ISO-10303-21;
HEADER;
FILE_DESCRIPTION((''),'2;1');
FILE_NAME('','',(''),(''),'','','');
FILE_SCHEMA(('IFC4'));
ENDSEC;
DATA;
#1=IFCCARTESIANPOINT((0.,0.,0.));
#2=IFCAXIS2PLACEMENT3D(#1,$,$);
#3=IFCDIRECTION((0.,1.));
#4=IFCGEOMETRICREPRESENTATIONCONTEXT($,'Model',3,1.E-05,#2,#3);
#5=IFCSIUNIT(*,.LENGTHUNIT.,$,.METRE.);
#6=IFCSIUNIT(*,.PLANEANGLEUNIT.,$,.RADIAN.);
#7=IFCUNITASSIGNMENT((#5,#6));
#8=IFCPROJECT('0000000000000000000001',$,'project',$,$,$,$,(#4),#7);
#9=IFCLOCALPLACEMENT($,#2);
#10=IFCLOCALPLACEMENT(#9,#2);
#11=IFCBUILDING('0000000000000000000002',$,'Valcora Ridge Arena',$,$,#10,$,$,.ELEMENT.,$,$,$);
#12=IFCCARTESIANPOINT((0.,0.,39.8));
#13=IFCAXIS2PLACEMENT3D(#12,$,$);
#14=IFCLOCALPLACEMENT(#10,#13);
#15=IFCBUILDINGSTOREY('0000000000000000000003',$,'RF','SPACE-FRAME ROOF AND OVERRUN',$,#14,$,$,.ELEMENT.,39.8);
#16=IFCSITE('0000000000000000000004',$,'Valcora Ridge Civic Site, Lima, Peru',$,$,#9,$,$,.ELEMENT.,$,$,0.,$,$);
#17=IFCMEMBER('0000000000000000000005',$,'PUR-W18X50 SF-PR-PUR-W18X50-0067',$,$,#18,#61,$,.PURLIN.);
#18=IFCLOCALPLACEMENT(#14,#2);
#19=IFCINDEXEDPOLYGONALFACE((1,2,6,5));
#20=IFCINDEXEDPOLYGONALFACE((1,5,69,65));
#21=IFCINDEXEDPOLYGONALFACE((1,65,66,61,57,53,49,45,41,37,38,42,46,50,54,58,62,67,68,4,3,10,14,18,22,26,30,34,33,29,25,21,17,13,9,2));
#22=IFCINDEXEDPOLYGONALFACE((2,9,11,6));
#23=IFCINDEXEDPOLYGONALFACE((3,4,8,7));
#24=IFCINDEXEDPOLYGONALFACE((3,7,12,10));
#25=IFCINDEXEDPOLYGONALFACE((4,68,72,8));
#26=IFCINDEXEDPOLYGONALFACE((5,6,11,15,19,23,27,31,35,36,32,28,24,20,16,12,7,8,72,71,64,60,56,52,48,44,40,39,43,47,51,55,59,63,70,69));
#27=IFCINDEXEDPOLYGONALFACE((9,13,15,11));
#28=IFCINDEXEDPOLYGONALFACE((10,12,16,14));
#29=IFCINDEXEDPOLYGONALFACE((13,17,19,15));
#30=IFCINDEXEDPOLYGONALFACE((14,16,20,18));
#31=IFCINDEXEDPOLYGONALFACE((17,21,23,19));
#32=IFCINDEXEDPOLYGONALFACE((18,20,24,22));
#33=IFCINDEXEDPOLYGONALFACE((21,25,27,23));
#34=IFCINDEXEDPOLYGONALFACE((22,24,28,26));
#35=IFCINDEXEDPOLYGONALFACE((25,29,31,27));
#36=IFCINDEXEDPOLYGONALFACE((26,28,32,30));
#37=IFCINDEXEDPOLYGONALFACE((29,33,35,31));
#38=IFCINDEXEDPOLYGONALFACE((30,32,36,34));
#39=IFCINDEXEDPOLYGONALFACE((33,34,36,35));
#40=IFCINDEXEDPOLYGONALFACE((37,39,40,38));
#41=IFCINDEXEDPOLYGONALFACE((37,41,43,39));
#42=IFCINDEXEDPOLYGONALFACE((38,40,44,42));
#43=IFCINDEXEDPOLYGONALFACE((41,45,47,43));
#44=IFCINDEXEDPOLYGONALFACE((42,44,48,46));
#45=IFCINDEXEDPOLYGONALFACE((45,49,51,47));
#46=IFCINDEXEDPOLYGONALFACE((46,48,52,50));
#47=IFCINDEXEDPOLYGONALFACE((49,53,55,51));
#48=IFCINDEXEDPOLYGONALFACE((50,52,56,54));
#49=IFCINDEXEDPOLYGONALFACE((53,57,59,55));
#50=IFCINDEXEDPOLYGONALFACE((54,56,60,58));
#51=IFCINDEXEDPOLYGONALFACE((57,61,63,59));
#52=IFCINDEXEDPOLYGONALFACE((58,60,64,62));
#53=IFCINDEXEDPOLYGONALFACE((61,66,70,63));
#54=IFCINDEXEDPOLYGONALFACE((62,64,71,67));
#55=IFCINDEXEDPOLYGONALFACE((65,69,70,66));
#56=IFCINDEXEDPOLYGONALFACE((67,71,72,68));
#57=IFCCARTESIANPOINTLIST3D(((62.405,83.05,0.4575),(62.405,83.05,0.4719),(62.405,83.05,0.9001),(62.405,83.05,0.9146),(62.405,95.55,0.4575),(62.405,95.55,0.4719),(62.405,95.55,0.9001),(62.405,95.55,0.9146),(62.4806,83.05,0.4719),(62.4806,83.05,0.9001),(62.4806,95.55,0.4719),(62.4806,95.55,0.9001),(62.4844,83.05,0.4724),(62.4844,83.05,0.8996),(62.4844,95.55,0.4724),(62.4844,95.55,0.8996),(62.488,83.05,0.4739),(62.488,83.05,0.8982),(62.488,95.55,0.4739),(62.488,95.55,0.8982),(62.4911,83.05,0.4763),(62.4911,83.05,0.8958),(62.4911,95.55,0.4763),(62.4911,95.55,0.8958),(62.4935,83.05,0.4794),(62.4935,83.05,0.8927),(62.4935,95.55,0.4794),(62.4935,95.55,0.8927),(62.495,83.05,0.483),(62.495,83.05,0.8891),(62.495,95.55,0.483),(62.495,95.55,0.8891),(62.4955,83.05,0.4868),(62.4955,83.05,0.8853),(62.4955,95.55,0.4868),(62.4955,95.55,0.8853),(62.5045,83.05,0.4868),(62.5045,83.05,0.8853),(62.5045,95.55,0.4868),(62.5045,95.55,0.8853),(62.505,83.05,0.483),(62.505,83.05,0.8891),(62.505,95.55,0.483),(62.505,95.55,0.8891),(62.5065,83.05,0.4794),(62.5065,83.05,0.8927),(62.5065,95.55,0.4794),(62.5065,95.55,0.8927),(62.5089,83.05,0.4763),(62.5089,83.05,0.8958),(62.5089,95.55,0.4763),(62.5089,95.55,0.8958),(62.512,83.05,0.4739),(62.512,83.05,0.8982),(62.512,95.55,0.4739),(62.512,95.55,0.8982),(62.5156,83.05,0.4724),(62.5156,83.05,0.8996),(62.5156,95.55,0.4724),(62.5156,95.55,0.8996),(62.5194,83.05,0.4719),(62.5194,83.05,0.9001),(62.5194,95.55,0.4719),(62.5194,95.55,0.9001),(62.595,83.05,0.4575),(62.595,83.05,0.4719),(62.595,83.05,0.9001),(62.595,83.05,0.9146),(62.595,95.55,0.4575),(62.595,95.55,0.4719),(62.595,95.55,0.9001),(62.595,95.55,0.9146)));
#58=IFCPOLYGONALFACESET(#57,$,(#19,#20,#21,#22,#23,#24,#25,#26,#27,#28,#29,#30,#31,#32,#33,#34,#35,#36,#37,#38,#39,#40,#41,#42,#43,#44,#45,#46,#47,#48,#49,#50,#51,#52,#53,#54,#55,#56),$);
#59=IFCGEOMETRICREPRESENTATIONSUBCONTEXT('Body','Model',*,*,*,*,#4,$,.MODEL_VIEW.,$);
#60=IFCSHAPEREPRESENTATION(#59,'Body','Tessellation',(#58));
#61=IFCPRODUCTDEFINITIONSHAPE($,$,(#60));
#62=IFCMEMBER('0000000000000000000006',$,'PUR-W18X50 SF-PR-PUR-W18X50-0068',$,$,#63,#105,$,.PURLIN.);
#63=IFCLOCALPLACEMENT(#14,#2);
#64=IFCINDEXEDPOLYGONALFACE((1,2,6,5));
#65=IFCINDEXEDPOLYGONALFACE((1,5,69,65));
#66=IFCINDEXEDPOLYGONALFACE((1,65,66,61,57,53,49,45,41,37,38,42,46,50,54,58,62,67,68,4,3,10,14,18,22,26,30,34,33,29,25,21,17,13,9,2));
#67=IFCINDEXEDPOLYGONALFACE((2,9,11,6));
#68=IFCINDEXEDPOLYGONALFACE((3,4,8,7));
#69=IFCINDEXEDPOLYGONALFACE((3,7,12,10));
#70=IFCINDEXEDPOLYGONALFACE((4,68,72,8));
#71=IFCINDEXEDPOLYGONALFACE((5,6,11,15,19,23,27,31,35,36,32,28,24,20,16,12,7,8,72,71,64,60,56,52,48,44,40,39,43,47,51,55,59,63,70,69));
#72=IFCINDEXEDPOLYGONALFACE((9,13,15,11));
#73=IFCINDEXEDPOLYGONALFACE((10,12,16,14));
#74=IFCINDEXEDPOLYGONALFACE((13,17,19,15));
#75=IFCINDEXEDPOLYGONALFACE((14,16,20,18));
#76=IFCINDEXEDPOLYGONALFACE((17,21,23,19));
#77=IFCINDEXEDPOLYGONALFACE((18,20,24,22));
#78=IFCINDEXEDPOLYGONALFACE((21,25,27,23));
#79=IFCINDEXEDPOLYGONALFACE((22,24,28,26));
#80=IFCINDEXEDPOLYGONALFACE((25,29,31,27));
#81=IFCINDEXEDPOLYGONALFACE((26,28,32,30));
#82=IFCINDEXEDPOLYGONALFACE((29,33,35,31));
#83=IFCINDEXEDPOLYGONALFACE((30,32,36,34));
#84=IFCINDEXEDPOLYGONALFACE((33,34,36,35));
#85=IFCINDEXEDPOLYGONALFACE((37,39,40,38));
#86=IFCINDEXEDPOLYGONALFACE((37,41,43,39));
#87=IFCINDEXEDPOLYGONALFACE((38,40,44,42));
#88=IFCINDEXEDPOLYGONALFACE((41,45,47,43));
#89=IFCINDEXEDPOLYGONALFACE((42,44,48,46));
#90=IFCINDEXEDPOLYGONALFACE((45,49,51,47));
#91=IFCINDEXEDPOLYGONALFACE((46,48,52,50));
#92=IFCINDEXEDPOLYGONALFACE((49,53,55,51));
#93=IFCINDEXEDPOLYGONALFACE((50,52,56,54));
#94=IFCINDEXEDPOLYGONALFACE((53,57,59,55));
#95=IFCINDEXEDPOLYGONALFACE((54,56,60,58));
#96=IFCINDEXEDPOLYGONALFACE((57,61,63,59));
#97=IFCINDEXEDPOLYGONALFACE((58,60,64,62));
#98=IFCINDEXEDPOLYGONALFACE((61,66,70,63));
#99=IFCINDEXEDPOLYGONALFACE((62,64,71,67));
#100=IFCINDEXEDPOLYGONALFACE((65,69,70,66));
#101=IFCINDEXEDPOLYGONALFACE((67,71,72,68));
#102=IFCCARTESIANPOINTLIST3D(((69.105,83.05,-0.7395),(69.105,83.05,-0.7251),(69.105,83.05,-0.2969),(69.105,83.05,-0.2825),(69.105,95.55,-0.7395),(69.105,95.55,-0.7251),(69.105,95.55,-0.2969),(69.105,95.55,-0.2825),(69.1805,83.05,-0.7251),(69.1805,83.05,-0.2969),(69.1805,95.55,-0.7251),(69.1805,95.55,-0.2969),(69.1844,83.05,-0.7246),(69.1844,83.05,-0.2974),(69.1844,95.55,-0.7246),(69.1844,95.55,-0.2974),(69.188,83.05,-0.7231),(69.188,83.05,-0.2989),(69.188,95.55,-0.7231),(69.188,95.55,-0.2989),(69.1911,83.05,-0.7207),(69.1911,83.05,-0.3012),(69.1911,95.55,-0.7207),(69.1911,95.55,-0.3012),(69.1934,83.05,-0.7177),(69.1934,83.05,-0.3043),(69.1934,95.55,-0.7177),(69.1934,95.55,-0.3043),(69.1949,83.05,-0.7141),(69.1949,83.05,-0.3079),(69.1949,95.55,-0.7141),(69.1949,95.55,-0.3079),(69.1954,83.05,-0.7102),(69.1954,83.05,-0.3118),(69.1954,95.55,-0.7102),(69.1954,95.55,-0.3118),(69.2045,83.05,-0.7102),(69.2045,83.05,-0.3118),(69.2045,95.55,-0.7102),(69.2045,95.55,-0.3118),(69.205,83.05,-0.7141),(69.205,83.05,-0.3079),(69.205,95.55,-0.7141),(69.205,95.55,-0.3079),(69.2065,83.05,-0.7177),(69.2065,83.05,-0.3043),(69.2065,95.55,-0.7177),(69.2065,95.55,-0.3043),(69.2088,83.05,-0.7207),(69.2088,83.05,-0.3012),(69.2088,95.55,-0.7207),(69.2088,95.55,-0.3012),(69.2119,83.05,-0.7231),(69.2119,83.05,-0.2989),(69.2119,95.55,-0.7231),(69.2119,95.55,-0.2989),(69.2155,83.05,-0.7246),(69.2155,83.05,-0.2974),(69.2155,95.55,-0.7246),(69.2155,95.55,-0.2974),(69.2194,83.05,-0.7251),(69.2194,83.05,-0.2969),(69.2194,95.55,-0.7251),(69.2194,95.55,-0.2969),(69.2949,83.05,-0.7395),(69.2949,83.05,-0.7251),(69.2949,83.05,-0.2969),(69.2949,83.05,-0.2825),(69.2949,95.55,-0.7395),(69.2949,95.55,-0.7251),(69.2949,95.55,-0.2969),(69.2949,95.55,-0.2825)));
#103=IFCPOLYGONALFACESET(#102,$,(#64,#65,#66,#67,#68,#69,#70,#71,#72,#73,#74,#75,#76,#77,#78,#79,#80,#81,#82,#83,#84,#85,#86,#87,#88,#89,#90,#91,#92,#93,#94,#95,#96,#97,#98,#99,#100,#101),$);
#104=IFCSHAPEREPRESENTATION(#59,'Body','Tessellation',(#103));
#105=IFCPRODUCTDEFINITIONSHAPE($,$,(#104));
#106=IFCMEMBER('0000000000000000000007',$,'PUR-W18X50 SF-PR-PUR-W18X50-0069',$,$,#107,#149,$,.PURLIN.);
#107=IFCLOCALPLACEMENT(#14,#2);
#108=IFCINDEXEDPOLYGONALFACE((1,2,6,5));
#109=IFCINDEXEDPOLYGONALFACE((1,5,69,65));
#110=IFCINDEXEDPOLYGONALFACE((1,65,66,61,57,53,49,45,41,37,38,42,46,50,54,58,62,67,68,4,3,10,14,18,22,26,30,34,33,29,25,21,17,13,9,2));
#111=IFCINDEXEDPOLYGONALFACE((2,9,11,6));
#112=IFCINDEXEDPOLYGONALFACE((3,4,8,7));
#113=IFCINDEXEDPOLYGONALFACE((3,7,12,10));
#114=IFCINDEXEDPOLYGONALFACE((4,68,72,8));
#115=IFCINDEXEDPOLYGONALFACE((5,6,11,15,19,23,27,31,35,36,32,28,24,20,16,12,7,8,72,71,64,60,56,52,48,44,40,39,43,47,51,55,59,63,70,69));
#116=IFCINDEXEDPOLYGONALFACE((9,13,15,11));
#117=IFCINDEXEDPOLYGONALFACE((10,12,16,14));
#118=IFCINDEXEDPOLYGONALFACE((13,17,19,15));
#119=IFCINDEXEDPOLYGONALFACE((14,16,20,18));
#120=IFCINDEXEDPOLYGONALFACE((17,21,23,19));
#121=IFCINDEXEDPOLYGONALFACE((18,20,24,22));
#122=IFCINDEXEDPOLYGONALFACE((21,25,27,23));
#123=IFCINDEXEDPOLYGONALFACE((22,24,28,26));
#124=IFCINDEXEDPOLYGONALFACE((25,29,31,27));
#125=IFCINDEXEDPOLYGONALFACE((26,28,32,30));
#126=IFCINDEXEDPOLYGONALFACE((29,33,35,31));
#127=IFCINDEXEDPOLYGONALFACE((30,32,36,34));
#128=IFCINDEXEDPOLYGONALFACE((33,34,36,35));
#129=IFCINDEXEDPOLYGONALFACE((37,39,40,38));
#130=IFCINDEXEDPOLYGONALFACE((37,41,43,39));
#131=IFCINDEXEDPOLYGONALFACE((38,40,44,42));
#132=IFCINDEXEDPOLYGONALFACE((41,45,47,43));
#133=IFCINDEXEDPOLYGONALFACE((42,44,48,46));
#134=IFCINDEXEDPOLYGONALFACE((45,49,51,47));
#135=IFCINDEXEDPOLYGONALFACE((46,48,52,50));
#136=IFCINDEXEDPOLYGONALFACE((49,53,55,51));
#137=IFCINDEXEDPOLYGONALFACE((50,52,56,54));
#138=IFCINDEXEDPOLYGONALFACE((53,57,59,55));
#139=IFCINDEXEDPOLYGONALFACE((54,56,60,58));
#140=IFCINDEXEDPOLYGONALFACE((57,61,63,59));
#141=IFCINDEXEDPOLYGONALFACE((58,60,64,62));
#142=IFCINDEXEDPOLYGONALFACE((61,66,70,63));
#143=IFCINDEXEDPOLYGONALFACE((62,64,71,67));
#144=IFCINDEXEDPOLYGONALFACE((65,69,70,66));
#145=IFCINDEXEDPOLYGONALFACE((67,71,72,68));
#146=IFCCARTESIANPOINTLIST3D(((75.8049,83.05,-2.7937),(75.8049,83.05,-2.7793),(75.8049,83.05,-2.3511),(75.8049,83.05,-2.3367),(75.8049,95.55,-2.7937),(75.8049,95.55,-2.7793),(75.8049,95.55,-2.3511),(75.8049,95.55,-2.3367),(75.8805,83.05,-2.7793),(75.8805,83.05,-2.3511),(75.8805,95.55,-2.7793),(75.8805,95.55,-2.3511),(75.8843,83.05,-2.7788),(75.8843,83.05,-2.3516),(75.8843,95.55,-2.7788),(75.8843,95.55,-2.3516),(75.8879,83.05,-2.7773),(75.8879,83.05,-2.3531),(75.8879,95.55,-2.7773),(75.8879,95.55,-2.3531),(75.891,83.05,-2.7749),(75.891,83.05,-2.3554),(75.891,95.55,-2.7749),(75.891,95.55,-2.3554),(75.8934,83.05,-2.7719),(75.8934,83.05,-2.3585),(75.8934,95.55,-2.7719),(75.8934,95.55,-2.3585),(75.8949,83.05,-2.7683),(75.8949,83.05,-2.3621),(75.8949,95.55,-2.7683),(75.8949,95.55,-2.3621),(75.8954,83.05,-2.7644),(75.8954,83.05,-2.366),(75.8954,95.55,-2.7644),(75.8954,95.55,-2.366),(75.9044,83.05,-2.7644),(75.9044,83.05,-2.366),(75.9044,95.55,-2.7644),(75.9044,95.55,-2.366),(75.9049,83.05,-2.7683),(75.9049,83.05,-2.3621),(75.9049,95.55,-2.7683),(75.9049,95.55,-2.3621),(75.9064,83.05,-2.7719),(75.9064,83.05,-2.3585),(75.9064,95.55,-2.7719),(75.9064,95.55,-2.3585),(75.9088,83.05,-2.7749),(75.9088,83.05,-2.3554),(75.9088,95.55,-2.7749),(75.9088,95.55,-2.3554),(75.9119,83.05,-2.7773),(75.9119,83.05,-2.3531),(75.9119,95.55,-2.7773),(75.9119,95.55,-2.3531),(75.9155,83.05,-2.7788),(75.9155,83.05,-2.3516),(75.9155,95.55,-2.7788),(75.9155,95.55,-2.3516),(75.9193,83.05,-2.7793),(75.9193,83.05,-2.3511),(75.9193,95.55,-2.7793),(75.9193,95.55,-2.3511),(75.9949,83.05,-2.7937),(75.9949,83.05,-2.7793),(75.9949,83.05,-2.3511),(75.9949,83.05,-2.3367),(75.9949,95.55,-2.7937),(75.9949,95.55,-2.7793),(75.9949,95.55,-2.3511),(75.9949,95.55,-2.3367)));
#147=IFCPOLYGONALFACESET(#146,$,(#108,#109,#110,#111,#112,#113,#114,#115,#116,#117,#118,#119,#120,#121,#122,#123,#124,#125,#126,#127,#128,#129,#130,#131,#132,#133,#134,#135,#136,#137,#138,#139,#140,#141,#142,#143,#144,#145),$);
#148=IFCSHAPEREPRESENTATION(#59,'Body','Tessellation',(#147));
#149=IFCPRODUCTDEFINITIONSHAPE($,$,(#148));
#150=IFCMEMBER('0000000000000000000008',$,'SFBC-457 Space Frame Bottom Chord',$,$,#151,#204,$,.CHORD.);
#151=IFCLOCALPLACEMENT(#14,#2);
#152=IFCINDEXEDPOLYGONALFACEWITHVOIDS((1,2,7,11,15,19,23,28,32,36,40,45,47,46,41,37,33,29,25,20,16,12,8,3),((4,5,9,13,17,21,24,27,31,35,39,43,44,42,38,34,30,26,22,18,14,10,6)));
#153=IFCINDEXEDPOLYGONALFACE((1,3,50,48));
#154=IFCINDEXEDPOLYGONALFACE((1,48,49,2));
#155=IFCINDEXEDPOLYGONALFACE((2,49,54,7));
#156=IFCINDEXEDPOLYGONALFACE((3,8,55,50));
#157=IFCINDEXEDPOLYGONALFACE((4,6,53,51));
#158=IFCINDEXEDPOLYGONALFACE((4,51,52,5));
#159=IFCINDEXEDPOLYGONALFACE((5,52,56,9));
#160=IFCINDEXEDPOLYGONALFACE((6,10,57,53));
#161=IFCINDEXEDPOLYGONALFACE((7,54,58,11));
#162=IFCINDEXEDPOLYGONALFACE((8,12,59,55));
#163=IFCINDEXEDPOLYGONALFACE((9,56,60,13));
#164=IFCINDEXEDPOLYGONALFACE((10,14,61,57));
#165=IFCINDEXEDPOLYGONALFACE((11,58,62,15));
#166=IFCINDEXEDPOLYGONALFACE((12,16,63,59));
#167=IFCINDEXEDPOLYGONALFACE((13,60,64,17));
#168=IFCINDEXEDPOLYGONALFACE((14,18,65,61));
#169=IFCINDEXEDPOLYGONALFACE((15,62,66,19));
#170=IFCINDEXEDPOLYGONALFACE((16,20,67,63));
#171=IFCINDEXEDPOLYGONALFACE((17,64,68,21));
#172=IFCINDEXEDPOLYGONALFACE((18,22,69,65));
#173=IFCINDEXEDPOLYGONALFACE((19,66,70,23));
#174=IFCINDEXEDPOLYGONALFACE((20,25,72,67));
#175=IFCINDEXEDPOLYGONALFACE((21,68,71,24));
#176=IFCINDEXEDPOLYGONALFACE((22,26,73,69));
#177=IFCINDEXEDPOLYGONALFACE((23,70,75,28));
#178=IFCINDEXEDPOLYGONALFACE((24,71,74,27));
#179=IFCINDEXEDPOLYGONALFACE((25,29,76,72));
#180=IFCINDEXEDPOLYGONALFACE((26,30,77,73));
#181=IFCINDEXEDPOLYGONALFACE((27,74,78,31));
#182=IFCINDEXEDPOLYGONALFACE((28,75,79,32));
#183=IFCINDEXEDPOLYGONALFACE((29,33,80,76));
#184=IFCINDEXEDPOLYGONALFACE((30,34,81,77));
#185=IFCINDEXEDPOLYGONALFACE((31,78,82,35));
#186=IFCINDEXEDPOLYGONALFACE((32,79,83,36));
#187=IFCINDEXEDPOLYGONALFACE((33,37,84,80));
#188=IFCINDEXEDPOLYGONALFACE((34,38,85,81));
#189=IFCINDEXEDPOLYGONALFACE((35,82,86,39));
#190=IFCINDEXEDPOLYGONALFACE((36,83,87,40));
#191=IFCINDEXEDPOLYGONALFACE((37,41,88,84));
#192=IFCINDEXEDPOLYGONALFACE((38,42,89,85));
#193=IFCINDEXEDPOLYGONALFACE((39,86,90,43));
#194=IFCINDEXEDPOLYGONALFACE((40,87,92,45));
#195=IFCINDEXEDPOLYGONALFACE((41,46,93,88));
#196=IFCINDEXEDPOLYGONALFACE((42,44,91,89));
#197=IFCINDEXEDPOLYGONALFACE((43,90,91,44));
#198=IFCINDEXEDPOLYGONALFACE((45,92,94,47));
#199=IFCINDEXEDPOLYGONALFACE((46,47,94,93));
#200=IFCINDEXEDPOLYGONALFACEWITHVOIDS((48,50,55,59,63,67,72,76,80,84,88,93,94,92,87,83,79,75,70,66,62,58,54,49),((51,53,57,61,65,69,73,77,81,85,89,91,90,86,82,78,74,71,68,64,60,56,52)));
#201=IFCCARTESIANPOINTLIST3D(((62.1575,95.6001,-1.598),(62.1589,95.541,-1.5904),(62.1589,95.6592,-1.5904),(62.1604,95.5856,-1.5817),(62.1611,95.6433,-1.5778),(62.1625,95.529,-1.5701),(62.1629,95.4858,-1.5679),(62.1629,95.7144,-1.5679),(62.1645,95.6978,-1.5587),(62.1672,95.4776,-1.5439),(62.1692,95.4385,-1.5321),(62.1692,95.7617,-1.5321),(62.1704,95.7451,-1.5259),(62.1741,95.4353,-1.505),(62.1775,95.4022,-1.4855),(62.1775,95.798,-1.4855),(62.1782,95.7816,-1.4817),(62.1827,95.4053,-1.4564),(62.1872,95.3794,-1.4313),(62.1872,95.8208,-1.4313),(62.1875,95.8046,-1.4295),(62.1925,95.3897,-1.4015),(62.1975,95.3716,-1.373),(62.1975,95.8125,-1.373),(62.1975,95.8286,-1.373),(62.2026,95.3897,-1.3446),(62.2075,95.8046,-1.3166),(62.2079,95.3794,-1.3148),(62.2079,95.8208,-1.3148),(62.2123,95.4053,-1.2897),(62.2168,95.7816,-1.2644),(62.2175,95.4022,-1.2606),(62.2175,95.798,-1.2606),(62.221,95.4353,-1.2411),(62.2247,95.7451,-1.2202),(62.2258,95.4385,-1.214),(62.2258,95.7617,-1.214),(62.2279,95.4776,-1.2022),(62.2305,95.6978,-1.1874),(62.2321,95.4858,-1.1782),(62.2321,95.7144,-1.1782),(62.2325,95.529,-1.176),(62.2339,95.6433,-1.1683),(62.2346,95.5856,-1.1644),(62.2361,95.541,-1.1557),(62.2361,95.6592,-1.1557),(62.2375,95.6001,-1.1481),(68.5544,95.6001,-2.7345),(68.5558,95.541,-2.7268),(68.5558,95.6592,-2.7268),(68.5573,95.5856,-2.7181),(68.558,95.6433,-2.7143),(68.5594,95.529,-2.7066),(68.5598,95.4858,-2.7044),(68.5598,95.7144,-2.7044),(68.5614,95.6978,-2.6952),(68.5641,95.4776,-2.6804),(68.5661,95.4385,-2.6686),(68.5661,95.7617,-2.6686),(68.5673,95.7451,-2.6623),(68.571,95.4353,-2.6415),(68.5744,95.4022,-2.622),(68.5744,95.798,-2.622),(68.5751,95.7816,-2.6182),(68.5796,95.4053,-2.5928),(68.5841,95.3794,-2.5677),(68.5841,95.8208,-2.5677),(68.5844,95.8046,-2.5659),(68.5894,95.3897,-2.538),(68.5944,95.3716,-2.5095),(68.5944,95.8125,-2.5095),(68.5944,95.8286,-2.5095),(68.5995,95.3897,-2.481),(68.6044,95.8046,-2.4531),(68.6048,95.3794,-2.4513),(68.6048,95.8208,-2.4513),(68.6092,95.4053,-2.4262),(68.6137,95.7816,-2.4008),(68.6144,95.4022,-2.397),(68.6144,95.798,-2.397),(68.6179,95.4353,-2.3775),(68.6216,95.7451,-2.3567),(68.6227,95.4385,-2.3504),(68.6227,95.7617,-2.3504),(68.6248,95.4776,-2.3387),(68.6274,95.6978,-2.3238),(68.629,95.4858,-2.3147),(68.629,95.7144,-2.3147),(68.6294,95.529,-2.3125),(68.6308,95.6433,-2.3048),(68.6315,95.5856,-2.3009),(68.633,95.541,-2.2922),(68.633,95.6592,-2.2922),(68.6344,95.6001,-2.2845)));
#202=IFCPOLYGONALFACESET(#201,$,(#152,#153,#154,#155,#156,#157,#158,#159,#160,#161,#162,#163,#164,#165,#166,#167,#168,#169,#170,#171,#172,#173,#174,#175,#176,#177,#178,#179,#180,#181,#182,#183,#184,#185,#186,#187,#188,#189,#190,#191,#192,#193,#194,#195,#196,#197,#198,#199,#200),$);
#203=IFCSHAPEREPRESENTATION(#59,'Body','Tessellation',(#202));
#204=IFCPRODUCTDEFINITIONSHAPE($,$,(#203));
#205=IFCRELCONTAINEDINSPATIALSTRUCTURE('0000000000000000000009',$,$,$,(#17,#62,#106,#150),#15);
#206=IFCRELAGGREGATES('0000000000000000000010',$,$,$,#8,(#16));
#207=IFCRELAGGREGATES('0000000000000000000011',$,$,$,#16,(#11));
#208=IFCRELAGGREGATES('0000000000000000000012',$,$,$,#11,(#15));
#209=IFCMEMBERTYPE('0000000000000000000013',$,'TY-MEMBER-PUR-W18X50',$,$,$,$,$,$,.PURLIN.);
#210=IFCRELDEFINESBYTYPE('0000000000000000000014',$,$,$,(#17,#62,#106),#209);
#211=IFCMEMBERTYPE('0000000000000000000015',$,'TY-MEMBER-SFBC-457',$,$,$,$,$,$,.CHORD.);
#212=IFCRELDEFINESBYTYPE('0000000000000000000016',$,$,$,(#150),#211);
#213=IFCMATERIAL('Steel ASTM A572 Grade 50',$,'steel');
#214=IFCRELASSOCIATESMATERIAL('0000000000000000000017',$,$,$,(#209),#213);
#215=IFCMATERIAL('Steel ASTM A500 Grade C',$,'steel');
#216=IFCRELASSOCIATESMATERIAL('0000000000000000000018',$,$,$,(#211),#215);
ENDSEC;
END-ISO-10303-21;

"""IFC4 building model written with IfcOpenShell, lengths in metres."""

from ifc_helpers import new_model, si_unit, direction, frame, origin, origin_2d, place, context, subcontext, project, spatial, hollow_circle, i_section, extrude, material, material_profile, profile_set, type_object, element, save


model = new_model("IFC4")

# Units and contexts
model_context = context("Model", 3, precision=1e-05, world=origin(), true_north=direction((0.0, 1.0)))
body_context = subcontext(model_context, "Body", "Model", "MODEL_VIEW")
ifc_project = project(units=[si_unit("LENGTHUNIT", "METRE"), si_unit("PLANEANGLEUNIT", "RADIAN")], contexts=[model_context])

# Site, building, storey
site_placement = place(None, origin())
site = spatial("IfcSite", under=ifc_project, at=site_placement, Name="Valcora Ridge Civic Site, Lima, Peru", CompositionType="ELEMENT", RefElevation=0.0)
building_placement = place(site_placement, origin())
building = spatial("IfcBuilding", under=site, at=building_placement, Name="Valcora Ridge Arena", CompositionType="ELEMENT")
storey_placement = place(building_placement, frame((0.0, 0.0, 39.8)))
storey = spatial("IfcBuildingStorey", under=building, at=storey_placement, Name="RF", Description="SPACE-FRAME ROOF AND OVERRUN", CompositionType="ELEMENT", Elevation=39.8)

# Members
ifc_material_1 = material(Name="Steel ASTM A572 Grade 50", Category="steel")
ifc_material_profile_1 = material_profile(ifc_material_1, i_section(OverallWidth=0.1899, OverallDepth=0.457, WebThickness=0.009, FlangeThickness=0.0144, FilletRadius=0.0149, at=origin_2d()), Name="W18X50")
ifc_profile_set_1 = profile_set([ifc_material_profile_1], Name="Steel ASTM A572 Grade 50")
member_type_1 = type_object("IfcMemberType", Name="TY-MEMBER-PUR-W18X50", PredefinedType="PURLIN", material=ifc_profile_set_1)
for number, where, z_axis, x_axis, name in (
    (1, (62.5, 83.05, 0.686), (0.0, 1.0, 0.0), (-1.0, 0.0, 0.0), "PUR-W18X50 SF-PR-PUR-W18X50-0067"),
    (2, (69.2, 83.05, -0.511), (0.0, 1.0, 0.0), (-1.0, 0.0, 0.0), "PUR-W18X50 SF-PR-PUR-W18X50-0068"),
    (3, (75.8999, 83.05, -2.5652), (0.0, 1.0, 0.0), (-1.0, 0.0, 0.0), "PUR-W18X50 SF-PR-PUR-W18X50-0069"),
):
    element("IfcMember", number, at=place(storey_placement, frame(where, z_axis=z_axis, x_axis=x_axis)), inside=storey, type_object=member_type_1, Name=name, PredefinedType="PURLIN", context=body_context, shape_type="SweptSolid", body=[
        extrude(i_section(OverallWidth=0.1899, OverallDepth=0.457, WebThickness=0.009, FlangeThickness=0.0144, FilletRadius=0.0149, at=origin_2d()), origin(), (0.0, 0.0, 1.0), 12.5),
    ])
ifc_material_2 = material(Name="Steel ASTM A500 Grade C", Category="steel")
ifc_material_profile_2 = material_profile(ifc_material_2, hollow_circle(Radius=0.2285, WallThickness=0.0161, at=origin_2d()), Name="CHS457X16")
ifc_profile_set_2 = profile_set([ifc_material_profile_2], Name="Steel ASTM A500 Grade C")
member_type_2 = type_object("IfcMemberType", Name="TY-MEMBER-SFBC-457", PredefinedType="CHORD", material=ifc_profile_set_2)
member_1_placement = place(storey_placement, frame((62.1975, 95.6001, -1.373), z_axis=(0.984583, 0.0, -0.174919), x_axis=(0.0, 1.0, 0.0)))
element("IfcMember", 4, at=member_1_placement, inside=storey, type_object=member_type_2, Name="SFBC-457 Space Frame Bottom Chord", PredefinedType="CHORD", context=body_context, shape_type="SweptSolid", body=[
    extrude(hollow_circle(Radius=0.2285, WallThickness=0.0161, at=origin_2d()), origin(), (0.0, 0.0, 1.0), 6.4971),
])

save(model, "model.ifc")
